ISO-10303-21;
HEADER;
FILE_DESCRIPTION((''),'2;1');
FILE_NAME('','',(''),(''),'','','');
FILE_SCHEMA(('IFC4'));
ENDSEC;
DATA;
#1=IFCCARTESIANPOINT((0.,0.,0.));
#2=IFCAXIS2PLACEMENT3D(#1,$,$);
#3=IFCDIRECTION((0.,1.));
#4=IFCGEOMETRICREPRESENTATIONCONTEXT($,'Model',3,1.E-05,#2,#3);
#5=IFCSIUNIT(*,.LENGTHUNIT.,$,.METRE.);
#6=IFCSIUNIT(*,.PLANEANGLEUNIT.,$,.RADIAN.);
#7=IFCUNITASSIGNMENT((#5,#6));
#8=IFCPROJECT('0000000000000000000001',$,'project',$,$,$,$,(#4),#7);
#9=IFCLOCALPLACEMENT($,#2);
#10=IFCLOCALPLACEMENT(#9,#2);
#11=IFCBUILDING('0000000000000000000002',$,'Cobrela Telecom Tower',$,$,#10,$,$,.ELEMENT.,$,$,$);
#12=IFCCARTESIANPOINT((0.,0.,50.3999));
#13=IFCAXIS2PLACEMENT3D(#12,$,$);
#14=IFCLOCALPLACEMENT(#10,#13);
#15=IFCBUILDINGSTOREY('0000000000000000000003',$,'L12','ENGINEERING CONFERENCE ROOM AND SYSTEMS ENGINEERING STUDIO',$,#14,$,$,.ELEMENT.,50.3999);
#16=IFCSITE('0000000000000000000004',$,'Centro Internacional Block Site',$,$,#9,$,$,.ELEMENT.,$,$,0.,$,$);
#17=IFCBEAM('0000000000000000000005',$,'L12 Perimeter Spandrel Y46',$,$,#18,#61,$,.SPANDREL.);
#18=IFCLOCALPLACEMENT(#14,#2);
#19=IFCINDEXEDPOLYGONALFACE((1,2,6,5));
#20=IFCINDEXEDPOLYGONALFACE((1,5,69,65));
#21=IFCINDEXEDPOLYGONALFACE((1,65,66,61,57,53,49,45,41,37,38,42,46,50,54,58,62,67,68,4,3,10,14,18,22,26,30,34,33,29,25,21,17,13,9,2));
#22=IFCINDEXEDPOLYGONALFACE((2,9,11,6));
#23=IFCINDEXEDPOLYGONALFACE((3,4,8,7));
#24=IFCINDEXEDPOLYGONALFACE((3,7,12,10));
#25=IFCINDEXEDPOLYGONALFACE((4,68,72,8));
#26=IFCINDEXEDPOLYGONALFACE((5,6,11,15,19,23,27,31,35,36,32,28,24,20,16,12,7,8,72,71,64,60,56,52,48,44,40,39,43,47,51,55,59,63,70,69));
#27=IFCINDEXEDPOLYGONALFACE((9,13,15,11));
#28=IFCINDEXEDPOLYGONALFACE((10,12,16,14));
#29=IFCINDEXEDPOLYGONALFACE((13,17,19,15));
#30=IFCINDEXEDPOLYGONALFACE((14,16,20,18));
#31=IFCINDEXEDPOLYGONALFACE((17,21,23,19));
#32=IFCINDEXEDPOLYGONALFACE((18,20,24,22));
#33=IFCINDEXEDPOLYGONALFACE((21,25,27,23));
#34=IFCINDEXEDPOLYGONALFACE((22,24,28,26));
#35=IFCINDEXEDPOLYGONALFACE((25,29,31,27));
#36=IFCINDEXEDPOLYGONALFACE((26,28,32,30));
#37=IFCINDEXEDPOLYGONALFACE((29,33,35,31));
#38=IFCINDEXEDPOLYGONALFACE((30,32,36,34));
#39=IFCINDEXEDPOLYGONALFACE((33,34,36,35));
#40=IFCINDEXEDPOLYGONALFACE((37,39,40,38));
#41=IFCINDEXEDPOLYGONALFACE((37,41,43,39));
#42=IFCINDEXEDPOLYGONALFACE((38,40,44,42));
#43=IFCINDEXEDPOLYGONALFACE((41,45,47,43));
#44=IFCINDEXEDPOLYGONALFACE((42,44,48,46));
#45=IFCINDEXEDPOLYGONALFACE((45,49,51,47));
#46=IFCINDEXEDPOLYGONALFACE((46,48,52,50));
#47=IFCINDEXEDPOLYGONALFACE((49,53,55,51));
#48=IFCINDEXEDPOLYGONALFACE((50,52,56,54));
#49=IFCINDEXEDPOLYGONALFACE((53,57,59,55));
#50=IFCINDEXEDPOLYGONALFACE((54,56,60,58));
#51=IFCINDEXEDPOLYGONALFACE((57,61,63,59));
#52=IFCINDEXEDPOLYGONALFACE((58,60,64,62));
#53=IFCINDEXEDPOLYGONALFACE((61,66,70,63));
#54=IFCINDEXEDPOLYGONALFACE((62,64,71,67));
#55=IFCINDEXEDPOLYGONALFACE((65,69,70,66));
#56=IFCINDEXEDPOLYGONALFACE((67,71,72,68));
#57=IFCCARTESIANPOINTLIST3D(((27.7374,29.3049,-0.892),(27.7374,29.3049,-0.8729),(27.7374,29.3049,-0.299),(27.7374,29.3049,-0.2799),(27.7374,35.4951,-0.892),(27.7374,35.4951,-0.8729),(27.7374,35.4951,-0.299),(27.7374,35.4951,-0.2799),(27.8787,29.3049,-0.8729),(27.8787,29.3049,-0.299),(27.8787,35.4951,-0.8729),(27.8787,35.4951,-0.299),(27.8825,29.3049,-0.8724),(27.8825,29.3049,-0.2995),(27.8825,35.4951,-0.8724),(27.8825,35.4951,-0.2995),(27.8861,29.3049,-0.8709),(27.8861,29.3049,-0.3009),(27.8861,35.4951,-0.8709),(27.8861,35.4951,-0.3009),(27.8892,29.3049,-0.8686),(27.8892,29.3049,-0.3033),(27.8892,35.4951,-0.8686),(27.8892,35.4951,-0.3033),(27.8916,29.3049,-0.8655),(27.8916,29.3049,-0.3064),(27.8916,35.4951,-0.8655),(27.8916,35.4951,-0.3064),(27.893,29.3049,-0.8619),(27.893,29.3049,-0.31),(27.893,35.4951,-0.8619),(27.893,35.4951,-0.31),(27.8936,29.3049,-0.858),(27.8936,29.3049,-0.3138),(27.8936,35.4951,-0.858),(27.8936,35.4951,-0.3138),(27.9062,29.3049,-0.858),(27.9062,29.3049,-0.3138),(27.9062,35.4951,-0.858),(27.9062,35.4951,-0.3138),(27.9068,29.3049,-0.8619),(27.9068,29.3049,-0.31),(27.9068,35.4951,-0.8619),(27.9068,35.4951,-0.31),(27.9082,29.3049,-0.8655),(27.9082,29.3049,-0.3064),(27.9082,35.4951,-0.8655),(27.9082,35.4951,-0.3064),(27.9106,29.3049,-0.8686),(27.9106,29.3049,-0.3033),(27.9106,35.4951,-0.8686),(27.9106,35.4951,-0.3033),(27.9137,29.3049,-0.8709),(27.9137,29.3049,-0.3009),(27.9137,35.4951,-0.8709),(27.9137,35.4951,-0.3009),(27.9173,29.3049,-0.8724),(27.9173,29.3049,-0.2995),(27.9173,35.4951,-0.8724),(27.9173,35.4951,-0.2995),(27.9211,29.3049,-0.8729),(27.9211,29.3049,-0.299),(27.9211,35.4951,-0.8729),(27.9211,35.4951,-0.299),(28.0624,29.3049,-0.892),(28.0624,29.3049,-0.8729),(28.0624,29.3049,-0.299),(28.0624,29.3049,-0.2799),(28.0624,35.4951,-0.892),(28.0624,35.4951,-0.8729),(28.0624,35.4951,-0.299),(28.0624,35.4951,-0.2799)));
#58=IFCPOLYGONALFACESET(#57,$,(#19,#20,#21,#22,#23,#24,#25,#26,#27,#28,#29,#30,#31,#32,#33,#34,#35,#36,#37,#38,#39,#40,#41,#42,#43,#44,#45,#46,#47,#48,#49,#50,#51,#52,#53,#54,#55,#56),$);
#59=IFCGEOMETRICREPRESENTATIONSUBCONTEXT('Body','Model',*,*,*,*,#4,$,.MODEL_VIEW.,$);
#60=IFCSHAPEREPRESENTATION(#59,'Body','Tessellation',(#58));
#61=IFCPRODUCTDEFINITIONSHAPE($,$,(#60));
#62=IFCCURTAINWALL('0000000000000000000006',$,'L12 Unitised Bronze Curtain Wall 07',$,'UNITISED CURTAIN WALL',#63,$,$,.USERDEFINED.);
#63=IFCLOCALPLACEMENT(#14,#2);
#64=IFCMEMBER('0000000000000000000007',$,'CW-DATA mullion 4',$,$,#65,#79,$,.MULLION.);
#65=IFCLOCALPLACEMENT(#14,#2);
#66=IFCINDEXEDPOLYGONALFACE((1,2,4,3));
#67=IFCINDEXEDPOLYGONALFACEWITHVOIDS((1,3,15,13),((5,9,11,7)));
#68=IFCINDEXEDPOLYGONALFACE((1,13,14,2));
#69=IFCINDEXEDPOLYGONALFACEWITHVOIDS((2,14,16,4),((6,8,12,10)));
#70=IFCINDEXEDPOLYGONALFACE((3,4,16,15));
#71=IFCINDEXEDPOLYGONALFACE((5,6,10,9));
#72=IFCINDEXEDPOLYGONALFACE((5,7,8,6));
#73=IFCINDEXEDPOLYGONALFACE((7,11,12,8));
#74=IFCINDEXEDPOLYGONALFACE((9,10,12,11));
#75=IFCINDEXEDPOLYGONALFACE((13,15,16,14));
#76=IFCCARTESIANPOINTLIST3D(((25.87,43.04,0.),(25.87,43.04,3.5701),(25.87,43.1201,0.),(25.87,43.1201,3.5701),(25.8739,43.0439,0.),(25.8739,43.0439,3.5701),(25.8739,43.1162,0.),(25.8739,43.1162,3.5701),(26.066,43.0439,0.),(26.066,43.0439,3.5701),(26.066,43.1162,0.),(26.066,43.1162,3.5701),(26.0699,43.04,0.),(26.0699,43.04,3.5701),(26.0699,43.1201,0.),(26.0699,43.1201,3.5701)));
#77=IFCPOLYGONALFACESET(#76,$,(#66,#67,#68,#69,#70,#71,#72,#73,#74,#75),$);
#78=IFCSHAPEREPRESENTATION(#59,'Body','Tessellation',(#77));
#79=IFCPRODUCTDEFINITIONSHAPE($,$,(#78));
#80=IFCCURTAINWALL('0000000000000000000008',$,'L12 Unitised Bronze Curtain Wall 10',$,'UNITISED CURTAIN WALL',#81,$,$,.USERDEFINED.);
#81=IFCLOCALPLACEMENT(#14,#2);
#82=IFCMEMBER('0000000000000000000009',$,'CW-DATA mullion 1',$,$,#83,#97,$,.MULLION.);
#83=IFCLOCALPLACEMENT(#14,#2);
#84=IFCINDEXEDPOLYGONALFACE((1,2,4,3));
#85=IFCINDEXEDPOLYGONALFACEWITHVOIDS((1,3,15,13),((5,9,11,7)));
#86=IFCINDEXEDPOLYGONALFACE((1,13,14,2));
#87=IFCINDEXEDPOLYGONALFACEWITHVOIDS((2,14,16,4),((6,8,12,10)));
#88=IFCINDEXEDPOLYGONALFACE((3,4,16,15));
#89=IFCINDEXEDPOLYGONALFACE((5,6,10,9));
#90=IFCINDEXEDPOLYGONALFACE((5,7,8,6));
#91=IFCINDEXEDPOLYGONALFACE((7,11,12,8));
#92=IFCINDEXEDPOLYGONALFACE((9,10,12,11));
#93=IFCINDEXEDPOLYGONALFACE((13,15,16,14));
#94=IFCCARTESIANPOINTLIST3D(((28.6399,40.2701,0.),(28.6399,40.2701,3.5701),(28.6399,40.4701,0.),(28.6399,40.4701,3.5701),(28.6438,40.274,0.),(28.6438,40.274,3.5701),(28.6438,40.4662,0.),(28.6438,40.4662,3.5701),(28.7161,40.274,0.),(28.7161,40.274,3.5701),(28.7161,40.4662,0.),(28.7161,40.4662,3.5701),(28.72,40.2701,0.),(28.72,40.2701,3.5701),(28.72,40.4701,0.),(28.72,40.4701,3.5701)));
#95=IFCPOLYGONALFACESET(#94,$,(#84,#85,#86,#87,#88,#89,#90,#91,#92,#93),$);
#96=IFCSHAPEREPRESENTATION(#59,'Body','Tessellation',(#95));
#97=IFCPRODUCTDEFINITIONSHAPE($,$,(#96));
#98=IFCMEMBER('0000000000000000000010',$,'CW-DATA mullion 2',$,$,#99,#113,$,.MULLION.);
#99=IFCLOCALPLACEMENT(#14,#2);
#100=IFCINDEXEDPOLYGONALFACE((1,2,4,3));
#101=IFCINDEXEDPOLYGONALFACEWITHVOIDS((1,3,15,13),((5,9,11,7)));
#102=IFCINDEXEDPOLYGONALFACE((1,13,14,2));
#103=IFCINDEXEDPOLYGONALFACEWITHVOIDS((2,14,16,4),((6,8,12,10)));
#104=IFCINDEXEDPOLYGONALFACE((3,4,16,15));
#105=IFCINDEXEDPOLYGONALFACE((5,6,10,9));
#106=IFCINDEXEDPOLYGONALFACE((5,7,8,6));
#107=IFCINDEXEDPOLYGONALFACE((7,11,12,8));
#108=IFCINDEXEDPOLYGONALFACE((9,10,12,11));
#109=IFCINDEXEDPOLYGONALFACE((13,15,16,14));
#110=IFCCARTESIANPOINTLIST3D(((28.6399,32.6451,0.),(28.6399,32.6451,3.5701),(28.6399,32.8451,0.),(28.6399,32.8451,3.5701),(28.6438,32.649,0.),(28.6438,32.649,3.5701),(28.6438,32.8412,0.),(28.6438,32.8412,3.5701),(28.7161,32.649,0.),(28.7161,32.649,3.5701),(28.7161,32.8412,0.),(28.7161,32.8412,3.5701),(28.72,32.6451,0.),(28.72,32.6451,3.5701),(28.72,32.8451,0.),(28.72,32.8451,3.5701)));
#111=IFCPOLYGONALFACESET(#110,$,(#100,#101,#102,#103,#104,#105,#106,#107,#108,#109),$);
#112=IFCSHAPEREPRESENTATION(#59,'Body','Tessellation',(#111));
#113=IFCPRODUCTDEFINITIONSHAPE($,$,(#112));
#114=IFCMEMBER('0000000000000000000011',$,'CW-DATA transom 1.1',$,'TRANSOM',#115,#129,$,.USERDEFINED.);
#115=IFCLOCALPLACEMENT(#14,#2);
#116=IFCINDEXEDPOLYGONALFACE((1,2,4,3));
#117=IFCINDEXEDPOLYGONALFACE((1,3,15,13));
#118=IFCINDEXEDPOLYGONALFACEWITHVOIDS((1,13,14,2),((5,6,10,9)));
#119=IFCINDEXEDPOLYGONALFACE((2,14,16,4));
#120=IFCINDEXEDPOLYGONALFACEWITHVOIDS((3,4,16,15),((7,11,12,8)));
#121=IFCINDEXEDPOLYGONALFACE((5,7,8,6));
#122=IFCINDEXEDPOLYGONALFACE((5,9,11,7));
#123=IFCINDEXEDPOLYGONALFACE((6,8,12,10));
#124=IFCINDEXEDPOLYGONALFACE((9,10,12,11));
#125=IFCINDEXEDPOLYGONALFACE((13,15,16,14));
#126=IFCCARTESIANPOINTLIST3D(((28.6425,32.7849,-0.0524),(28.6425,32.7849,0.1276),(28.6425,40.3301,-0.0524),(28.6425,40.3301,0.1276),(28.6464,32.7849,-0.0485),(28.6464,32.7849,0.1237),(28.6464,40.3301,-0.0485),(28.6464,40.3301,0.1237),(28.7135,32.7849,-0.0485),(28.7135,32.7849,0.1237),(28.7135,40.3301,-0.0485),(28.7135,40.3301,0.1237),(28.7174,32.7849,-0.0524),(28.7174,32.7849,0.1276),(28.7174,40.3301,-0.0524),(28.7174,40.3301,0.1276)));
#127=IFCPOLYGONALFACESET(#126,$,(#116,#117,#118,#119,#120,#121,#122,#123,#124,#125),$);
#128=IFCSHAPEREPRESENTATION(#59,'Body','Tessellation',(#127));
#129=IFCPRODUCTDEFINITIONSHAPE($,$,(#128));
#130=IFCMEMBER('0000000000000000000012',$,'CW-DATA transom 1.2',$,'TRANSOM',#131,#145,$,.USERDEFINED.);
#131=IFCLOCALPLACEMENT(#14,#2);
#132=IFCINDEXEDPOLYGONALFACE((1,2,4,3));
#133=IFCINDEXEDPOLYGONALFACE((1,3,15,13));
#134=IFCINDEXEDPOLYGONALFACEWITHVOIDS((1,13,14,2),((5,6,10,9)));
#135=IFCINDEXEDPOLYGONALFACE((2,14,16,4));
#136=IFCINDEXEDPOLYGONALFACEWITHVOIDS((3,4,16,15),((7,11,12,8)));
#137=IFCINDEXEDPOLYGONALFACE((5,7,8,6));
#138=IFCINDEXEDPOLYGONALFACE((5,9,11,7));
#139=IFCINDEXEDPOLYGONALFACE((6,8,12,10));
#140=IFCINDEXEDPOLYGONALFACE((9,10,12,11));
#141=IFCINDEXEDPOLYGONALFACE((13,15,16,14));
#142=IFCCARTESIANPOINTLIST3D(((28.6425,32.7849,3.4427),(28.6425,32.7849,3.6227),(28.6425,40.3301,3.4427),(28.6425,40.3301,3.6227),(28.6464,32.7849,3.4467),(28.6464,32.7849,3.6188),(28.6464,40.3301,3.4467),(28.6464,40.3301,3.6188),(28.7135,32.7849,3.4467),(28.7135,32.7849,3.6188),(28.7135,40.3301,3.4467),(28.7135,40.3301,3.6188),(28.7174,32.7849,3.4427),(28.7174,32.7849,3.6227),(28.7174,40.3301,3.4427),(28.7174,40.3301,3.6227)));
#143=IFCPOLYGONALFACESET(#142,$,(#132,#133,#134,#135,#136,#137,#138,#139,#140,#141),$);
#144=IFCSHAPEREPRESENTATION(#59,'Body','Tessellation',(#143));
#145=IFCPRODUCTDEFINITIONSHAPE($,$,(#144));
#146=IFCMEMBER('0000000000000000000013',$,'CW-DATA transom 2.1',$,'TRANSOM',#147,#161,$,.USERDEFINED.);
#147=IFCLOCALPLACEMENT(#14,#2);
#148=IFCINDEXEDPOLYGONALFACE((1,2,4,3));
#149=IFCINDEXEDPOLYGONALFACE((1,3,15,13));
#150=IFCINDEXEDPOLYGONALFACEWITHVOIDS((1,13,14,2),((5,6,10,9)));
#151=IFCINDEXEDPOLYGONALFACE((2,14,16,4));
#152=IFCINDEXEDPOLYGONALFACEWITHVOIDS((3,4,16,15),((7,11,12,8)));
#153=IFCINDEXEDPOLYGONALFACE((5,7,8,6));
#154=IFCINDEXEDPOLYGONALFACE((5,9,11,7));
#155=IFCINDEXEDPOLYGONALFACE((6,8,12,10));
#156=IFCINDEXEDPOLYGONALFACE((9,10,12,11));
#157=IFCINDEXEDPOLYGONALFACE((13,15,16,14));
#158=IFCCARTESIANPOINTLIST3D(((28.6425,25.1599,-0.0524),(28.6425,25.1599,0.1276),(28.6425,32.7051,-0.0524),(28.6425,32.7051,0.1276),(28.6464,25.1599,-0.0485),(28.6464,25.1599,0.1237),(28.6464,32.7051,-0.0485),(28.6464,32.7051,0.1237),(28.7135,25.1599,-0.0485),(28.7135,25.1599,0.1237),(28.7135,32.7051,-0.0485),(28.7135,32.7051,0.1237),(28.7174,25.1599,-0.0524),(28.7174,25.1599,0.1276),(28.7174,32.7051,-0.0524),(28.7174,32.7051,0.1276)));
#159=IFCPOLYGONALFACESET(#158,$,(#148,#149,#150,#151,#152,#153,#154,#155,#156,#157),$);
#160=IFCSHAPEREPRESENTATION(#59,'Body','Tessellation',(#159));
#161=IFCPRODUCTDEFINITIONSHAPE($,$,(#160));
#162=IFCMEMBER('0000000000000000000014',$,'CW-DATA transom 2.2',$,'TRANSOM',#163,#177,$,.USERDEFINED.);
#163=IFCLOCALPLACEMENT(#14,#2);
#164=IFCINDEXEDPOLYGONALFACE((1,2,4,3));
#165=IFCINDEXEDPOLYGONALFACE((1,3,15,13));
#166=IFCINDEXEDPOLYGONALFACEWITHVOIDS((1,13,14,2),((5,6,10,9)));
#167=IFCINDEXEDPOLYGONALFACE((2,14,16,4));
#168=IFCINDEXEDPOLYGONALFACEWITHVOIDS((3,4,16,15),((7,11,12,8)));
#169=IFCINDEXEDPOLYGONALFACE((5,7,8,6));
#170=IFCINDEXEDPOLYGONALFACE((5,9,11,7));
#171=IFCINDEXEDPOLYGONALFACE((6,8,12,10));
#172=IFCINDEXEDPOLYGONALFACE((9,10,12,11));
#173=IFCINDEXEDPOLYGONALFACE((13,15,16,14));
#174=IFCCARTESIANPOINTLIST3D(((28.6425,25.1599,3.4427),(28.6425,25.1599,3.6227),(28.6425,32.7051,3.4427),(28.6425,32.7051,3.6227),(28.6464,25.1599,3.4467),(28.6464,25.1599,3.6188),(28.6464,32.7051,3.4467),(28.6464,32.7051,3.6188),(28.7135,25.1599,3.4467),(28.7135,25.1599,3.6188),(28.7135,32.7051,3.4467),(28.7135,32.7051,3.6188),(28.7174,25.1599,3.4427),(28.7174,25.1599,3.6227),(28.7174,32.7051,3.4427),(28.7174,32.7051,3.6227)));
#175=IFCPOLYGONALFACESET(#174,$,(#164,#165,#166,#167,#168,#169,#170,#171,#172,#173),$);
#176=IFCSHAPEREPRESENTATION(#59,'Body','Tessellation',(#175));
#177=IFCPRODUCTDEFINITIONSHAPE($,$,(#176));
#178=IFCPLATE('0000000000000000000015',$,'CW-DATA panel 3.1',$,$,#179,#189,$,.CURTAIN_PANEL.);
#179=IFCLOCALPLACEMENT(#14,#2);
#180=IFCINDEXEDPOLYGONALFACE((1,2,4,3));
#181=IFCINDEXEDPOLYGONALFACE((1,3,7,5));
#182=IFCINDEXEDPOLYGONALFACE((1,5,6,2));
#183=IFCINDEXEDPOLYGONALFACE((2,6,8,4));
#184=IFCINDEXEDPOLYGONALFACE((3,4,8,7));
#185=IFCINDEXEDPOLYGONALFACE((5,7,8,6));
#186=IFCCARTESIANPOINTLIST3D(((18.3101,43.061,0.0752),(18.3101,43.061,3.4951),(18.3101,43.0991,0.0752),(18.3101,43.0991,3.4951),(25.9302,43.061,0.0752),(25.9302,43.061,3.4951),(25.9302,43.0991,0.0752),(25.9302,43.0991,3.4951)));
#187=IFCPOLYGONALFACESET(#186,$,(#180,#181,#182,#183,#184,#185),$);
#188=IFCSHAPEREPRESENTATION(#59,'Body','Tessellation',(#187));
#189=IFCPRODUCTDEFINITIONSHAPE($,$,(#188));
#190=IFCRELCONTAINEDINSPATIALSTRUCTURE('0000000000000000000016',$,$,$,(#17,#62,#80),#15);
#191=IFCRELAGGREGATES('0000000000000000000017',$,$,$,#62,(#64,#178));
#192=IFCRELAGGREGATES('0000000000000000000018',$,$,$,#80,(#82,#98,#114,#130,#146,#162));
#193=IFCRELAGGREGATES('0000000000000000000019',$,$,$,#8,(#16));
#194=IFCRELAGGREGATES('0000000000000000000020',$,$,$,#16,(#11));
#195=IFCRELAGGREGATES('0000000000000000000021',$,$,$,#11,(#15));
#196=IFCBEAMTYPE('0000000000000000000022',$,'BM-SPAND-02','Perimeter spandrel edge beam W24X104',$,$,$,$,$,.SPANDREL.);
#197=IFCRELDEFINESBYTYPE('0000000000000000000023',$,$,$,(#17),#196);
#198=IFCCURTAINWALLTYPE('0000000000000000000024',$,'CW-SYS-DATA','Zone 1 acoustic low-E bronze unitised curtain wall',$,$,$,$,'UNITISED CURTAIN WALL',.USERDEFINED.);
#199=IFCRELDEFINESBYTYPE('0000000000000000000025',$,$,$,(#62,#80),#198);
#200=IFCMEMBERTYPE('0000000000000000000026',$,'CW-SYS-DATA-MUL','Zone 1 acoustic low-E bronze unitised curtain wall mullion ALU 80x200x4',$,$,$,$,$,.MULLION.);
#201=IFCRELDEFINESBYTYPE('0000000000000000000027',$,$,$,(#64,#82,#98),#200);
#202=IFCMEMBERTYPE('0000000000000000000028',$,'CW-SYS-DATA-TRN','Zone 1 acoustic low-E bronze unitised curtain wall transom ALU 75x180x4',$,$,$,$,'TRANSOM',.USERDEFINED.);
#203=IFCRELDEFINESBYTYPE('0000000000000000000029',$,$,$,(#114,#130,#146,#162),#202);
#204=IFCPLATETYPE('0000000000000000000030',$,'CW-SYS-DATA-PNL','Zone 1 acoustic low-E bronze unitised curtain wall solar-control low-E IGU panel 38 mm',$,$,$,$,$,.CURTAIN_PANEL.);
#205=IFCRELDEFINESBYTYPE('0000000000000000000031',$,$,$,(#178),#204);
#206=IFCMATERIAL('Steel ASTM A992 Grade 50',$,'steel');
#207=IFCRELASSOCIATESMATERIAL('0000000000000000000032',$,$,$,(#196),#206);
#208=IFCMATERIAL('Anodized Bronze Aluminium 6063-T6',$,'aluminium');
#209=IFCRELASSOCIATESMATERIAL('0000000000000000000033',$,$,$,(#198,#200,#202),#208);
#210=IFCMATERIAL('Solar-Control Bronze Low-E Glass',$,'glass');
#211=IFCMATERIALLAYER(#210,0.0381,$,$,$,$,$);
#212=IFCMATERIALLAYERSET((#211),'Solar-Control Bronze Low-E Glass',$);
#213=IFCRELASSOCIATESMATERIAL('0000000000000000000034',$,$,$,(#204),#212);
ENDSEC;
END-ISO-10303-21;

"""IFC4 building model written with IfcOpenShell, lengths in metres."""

from ifc_helpers import new_model, si_unit, direction, frame, origin, origin_2d, place, context, subcontext, project, spatial, rectangle, hollow_rectangle, i_section, extrude, material, layer, layer_set, material_profile, profile_set, type_object, element, aggregate, save


model = new_model("IFC4")

# Units and contexts
model_context = context("Model", 3, precision=1e-05, world=origin(), true_north=direction((0.0, 1.0)))
body_context = subcontext(model_context, "Body", "Model", "MODEL_VIEW")
ifc_project = project(units=[si_unit("LENGTHUNIT", "METRE"), si_unit("PLANEANGLEUNIT", "RADIAN")], contexts=[model_context])

# Site, building, storey
site_placement = place(None, origin())
site = spatial("IfcSite", under=ifc_project, at=site_placement, Name="Centro Internacional Block Site", CompositionType="ELEMENT", RefElevation=0.0)
building_placement = place(site_placement, origin())
building = spatial("IfcBuilding", under=site, at=building_placement, Name="Cobrela Telecom Tower", CompositionType="ELEMENT")
storey_placement = place(building_placement, frame((0.0, 0.0, 50.3999)))
storey = spatial("IfcBuildingStorey", under=building, at=storey_placement, Name="L12", Description="ENGINEERING CONFERENCE ROOM AND SYSTEMS ENGINEERING STUDIO", CompositionType="ELEMENT", Elevation=50.3999)

# Shared definitions
ifc_material_1 = material(Name="Steel ASTM A992 Grade 50", Category="steel")

# Beam
ifc_material_profile_1 = material_profile(ifc_material_1, i_section(OverallWidth=0.325, OverallDepth=0.6121, WebThickness=0.0127, FlangeThickness=0.019, FilletRadius=0.0149, at=origin_2d()), Name="W24X104")
ifc_profile_set_1 = profile_set([ifc_material_profile_1], Name="Steel ASTM A992 Grade 50")
beam_type_1 = type_object("IfcBeamType", Name="BM-SPAND-02", Description="Perimeter spandrel edge beam W24X104", PredefinedType="SPANDREL", material=ifc_profile_set_1)
beam_1_placement = place(storey_placement, frame((27.8999, 29.3049, -0.5859), z_axis=(0.0, 1.0, 0.0), x_axis=(-1.0, 0.0, 0.0)))
element("IfcBeam", 1, at=beam_1_placement, inside=storey, type_object=beam_type_1, Name="L12 Perimeter Spandrel Y46", PredefinedType="SPANDREL", context=body_context, shape_type="SweptSolid", body=[
    extrude(i_section(OverallWidth=0.325, OverallDepth=0.6121, WebThickness=0.0127, FlangeThickness=0.019, FilletRadius=0.0149, at=origin_2d()), origin(), (0.0, 0.0, 1.0), 6.1902),
])

# Curtain wall, member
ifc_material_2 = material(Name="Anodized Bronze Aluminium 6063-T6", Category="aluminium")
curtain_wall_type = type_object("IfcCurtainWallType", Name="CW-SYS-DATA", Description="Zone 1 acoustic low-E bronze unitised curtain wall", ElementType="UNITISED CURTAIN WALL", PredefinedType="USERDEFINED", material=ifc_material_2)
curtain_wall_1_placement = place(storey_placement, origin())
curtain_wall_1 = element("IfcCurtainWall", 2, at=curtain_wall_1_placement, inside=storey, type_object=curtain_wall_type, Name="L12 Unitised Bronze Curtain Wall 07", ObjectType="UNITISED CURTAIN WALL", PredefinedType="USERDEFINED")
ifc_material_profile_2 = material_profile(ifc_material_2, hollow_rectangle(XDim=0.0801, YDim=0.2, WallThickness=0.0039, at=origin_2d()), Name="ALU 80x200x4")
ifc_profile_set_2 = profile_set([ifc_material_profile_2], Name="Anodized Bronze Aluminium 6063-T6")
member_type_1 = type_object("IfcMemberType", Name="CW-SYS-DATA-MUL", Description="Zone 1 acoustic low-E bronze unitised curtain wall mullion ALU 80x200x4", PredefinedType="MULLION", material=ifc_profile_set_2)
member_1_placement = place(storey_placement, frame((25.97, 43.0801, 0.0), z_axis=(0.0, 0.0, 1.0), x_axis=(0.0, 1.0, 0.0)))
member_1 = element("IfcMember", 3, at=member_1_placement, type_object=member_type_1, Name="CW-DATA mullion 4", PredefinedType="MULLION", context=body_context, shape_type="SweptSolid", body=[
    extrude(hollow_rectangle(XDim=0.0801, YDim=0.2, WallThickness=0.0039, at=origin_2d()), origin(), (0.0, 0.0, 1.0), 3.5701),
])

# Curtain wall, members
curtain_wall_2_placement = place(storey_placement, origin())
curtain_wall_2 = element("IfcCurtainWall", 4, at=curtain_wall_2_placement, inside=storey, type_object=curtain_wall_type, Name="L12 Unitised Bronze Curtain Wall 10", ObjectType="UNITISED CURTAIN WALL", PredefinedType="USERDEFINED")
member_2_placement = place(storey_placement, frame((28.6799, 40.3701, 0.0), z_axis=(0.0, 0.0, 1.0), x_axis=(1.0, 0.0, 0.0)))
member_2 = element("IfcMember", 5, at=member_2_placement, type_object=member_type_1, Name="CW-DATA mullion 1", PredefinedType="MULLION", context=body_context, shape_type="SweptSolid", body=[
    extrude(hollow_rectangle(XDim=0.0801, YDim=0.2, WallThickness=0.0039, at=origin_2d()), origin(), (0.0, 0.0, 1.0), 3.5701),
])
member_3_placement = place(storey_placement, frame((28.6799, 32.7451, 0.0), z_axis=(0.0, 0.0, 1.0), x_axis=(1.0, 0.0, 0.0)))
member_3 = element("IfcMember", 6, at=member_3_placement, type_object=member_type_1, Name="CW-DATA mullion 2", PredefinedType="MULLION", context=body_context, shape_type="SweptSolid", body=[
    extrude(hollow_rectangle(XDim=0.0801, YDim=0.2, WallThickness=0.0039, at=origin_2d()), origin(), (0.0, 0.0, 1.0), 3.5701),
])
ifc_material_profile_3 = material_profile(ifc_material_2, hollow_rectangle(XDim=0.075, YDim=0.1799, WallThickness=0.0039, at=origin_2d()), Name="ALU 75x180x4")
ifc_profile_set_3 = profile_set([ifc_material_profile_3], Name="Anodized Bronze Aluminium 6063-T6")
member_type_2 = type_object("IfcMemberType", Name="CW-SYS-DATA-TRN", Description="Zone 1 acoustic low-E bronze unitised curtain wall transom ALU 75x180x4", ElementType="TRANSOM", PredefinedType="USERDEFINED", material=ifc_profile_set_3)
member_4_placement = place(storey_placement, frame((28.6799, 40.3301, 0.0376), z_axis=(0.0, -1.0, 0.0), x_axis=(1.0, 0.0, 0.0)))
member_4 = element("IfcMember", 7, at=member_4_placement, type_object=member_type_2, Name="CW-DATA transom 1.1", ObjectType="TRANSOM", PredefinedType="USERDEFINED", context=body_context, shape_type="SweptSolid", body=[
    extrude(hollow_rectangle(XDim=0.075, YDim=0.1799, WallThickness=0.0039, at=origin_2d()), origin(), (0.0, 0.0, 1.0), 7.5452),
])
member_5_placement = place(storey_placement, frame((28.6799, 40.3301, 3.5327), z_axis=(0.0, -1.0, 0.0), x_axis=(1.0, 0.0, 0.0)))
member_5 = element("IfcMember", 8, at=member_5_placement, type_object=member_type_2, Name="CW-DATA transom 1.2", ObjectType="TRANSOM", PredefinedType="USERDEFINED", context=body_context, shape_type="SweptSolid", body=[
    extrude(hollow_rectangle(XDim=0.075, YDim=0.1799, WallThickness=0.0039, at=origin_2d()), origin(), (0.0, 0.0, 1.0), 7.5452),
])
member_6_placement = place(storey_placement, frame((28.6799, 32.7051, 0.0376), z_axis=(0.0, -1.0, 0.0), x_axis=(1.0, 0.0, 0.0)))
member_6 = element("IfcMember", 9, at=member_6_placement, type_object=member_type_2, Name="CW-DATA transom 2.1", ObjectType="TRANSOM", PredefinedType="USERDEFINED", context=body_context, shape_type="SweptSolid", body=[
    extrude(hollow_rectangle(XDim=0.075, YDim=0.1799, WallThickness=0.0039, at=origin_2d()), origin(), (0.0, 0.0, 1.0), 7.5452),
])
member_7_placement = place(storey_placement, frame((28.6799, 32.7051, 3.5327), z_axis=(0.0, -1.0, 0.0), x_axis=(1.0, 0.0, 0.0)))
member_7 = element("IfcMember", 10, at=member_7_placement, type_object=member_type_2, Name="CW-DATA transom 2.2", ObjectType="TRANSOM", PredefinedType="USERDEFINED", context=body_context, shape_type="SweptSolid", body=[
    extrude(hollow_rectangle(XDim=0.075, YDim=0.1799, WallThickness=0.0039, at=origin_2d()), origin(), (0.0, 0.0, 1.0), 7.5452),
])

# Plate
ifc_material_3 = material(Name="Solar-Control Bronze Low-E Glass", Category="glass")
ifc_layer_1 = layer(ifc_material_3, 0.0381)
ifc_layer_set_1 = layer_set([ifc_layer_1], Name="Solar-Control Bronze Low-E Glass")
plate_type = type_object("IfcPlateType", Name="CW-SYS-DATA-PNL", Description="Zone 1 acoustic low-E bronze unitised curtain wall solar-control low-E IGU panel 38 mm", PredefinedType="CURTAIN_PANEL", material=ifc_layer_set_1)
plate_1_placement = place(storey_placement, frame((22.1201, 43.0801, 0.0752), z_axis=(0.0, 0.0, 1.0), x_axis=(1.0, 0.0, 0.0)))
plate_1 = element("IfcPlate", 11, at=plate_1_placement, type_object=plate_type, Name="CW-DATA panel 3.1", PredefinedType="CURTAIN_PANEL", context=body_context, shape_type="SweptSolid", body=[
    extrude(rectangle(XDim=7.6201, YDim=0.0381, at=origin_2d()), origin(), (0.0, 0.0, 1.0), 3.4199),
])
aggregate(curtain_wall_1, [member_1, plate_1])
aggregate(curtain_wall_2, [member_2, member_3, member_4, member_5, member_6, member_7])

save(model, "model.ifc")
